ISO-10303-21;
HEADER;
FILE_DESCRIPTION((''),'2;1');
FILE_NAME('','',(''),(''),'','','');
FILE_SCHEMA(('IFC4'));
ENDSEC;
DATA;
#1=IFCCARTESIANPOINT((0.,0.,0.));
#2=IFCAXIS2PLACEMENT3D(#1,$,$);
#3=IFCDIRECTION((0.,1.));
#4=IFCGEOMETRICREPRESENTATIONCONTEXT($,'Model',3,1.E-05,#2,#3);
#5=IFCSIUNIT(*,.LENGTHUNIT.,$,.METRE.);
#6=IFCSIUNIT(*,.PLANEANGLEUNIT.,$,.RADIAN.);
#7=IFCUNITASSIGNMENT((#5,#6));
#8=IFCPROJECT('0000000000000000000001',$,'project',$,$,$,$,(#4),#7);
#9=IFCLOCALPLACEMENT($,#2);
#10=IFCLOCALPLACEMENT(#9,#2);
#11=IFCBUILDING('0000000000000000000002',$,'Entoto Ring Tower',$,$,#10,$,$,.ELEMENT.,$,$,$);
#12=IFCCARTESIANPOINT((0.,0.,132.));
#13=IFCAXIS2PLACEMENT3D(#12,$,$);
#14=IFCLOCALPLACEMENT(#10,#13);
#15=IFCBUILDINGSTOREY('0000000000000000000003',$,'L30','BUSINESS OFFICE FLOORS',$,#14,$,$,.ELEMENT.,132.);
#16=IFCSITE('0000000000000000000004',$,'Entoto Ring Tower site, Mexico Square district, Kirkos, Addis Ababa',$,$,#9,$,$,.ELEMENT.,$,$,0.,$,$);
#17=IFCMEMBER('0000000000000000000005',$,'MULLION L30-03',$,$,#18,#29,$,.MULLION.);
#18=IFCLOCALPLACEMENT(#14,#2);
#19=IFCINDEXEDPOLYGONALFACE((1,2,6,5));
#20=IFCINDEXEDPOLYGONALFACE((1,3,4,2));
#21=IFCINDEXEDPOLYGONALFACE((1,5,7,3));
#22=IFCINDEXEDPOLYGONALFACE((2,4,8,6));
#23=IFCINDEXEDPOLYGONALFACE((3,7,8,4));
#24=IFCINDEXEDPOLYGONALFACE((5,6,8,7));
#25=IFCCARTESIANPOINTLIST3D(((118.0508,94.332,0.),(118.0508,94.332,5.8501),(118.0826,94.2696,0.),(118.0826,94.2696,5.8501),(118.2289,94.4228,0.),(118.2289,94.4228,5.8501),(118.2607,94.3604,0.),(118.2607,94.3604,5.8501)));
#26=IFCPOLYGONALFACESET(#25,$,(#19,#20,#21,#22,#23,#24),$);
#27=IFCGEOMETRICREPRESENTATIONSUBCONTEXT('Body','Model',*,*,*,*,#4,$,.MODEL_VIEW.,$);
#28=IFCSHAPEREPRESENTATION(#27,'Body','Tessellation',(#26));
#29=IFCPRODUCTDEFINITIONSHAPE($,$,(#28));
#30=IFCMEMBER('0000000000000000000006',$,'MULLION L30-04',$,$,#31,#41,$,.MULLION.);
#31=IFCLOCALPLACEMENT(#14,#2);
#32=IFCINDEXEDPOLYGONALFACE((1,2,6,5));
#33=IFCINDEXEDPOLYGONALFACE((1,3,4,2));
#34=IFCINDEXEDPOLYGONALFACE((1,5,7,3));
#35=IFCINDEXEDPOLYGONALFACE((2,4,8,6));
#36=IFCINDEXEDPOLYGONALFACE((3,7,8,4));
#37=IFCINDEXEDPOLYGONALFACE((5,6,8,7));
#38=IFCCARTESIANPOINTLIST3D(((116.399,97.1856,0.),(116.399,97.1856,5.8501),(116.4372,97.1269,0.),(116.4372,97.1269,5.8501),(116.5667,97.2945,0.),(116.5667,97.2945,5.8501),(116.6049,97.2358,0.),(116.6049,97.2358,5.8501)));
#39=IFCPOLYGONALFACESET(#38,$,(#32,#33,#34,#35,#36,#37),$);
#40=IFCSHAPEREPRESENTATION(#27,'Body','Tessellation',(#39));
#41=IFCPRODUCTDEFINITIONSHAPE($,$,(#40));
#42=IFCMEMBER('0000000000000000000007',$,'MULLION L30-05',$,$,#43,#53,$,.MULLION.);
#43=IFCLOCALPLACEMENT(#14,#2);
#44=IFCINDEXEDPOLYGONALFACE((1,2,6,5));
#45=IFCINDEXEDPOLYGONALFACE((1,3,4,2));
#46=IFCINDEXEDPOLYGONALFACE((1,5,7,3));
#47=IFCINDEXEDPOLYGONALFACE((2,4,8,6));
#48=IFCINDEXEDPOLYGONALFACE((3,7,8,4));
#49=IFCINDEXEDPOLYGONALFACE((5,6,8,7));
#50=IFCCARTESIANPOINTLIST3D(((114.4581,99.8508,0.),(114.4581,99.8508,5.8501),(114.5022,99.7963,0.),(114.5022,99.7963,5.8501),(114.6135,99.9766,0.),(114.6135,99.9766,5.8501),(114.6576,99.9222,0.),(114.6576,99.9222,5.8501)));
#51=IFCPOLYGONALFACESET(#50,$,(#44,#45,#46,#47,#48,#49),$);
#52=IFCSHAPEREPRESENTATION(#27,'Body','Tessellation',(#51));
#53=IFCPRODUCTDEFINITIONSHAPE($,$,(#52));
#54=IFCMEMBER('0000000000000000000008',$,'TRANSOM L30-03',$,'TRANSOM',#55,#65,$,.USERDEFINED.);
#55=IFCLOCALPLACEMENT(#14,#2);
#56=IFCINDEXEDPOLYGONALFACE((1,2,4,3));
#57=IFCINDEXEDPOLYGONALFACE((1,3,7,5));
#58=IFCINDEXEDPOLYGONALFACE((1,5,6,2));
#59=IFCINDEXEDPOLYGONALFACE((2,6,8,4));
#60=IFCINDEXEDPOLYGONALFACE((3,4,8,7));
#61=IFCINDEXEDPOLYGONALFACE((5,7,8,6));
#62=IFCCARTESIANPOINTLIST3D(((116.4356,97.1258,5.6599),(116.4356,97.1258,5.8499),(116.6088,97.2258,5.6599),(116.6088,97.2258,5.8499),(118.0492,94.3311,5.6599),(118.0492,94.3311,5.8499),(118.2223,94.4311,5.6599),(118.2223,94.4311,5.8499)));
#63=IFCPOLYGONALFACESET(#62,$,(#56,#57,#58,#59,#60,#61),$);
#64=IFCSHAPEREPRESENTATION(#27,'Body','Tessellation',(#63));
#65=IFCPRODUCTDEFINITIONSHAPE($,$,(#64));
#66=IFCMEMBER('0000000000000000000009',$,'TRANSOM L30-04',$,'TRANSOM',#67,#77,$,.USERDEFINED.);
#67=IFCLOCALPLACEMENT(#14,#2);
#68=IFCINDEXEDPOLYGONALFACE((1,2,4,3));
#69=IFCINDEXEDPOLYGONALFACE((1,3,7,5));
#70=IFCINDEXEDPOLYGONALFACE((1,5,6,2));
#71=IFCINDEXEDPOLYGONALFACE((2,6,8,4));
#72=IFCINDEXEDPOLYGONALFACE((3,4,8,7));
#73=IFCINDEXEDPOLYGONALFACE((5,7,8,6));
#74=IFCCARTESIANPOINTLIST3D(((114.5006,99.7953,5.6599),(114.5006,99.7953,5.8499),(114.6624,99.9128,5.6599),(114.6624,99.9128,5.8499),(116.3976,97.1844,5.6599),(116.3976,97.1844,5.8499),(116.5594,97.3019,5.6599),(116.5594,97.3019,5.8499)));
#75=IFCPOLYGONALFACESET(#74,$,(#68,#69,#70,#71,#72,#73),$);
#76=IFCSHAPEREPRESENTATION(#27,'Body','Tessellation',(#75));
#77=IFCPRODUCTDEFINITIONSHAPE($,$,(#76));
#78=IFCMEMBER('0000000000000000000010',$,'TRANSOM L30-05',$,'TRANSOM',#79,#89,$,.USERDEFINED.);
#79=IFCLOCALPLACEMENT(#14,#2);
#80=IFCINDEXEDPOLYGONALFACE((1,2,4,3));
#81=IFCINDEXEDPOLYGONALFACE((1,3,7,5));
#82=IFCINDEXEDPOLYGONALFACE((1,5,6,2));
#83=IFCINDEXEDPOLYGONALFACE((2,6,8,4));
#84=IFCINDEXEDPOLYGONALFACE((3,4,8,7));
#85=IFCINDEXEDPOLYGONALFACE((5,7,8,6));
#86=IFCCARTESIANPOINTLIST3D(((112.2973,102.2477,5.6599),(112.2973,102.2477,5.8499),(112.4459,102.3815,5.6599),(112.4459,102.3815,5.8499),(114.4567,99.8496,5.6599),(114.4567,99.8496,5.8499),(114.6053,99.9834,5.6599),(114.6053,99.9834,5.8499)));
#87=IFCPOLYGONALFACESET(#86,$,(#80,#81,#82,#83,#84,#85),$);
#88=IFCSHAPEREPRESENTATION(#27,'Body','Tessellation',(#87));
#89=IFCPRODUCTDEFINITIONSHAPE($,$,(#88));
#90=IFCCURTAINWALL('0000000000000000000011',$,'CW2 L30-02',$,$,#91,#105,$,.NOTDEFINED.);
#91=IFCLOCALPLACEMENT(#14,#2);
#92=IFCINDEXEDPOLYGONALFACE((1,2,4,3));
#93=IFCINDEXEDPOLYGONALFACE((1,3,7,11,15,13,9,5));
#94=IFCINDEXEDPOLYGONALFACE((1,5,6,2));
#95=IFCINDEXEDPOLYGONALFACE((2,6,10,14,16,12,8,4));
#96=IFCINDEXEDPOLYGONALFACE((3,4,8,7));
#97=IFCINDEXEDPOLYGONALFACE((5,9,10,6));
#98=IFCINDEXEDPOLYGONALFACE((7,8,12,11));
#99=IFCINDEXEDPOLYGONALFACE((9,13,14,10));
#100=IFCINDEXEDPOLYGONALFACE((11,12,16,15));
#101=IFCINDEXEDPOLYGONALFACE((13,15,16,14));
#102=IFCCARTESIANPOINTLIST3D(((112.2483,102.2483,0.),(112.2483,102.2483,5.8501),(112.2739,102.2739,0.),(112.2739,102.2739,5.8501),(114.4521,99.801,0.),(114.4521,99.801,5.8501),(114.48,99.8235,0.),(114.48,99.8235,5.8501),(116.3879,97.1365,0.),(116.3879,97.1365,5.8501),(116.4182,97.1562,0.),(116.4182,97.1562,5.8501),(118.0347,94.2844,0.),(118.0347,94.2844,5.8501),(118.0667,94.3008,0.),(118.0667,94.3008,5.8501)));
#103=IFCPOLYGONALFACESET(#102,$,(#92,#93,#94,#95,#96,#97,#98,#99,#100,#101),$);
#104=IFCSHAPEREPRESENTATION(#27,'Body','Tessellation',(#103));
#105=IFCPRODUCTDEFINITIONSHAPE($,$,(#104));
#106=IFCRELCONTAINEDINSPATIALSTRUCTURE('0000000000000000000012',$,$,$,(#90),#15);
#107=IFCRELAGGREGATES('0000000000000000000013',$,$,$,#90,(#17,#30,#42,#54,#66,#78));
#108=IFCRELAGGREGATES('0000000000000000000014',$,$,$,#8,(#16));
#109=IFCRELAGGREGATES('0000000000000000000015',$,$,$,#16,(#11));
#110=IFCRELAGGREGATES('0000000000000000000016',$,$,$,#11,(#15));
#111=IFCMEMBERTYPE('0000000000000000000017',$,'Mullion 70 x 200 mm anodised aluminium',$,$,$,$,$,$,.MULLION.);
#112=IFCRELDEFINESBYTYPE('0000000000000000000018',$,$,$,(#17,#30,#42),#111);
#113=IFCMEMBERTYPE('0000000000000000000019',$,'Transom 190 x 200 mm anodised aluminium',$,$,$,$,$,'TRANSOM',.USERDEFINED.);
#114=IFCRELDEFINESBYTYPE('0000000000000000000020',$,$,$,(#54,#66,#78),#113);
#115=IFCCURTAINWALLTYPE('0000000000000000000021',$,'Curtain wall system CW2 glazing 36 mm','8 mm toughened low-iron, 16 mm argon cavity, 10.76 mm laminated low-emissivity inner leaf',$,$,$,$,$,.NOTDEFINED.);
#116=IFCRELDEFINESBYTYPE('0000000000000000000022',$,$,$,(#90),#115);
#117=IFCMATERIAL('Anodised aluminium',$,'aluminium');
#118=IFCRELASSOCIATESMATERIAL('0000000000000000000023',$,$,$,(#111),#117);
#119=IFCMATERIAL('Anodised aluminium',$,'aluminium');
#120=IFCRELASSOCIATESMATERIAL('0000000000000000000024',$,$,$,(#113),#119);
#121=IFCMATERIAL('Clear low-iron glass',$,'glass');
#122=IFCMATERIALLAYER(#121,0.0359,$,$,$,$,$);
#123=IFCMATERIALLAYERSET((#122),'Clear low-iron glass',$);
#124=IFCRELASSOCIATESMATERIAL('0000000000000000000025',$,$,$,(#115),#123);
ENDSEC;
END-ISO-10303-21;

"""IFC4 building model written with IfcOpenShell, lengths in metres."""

from ifc_helpers import new_model, si_unit, direction, frame, origin, origin_2d, place, context, subcontext, project, spatial, polyline, rectangle, outline, extrude, material, layer, layer_set, material_profile, profile_set, type_object, element, aggregate, save


model = new_model("IFC4")

# Units and contexts
model_context = context("Model", 3, precision=1e-05, world=origin(), true_north=direction((0.0, 1.0)))
body_context = subcontext(model_context, "Body", "Model", "MODEL_VIEW")
ifc_project = project(units=[si_unit("LENGTHUNIT", "METRE"), si_unit("PLANEANGLEUNIT", "RADIAN")], contexts=[model_context])

# Members
ifc_material_1 = material(Name="Anodised aluminium", Category="aluminium")
ifc_material_profile_1 = material_profile(ifc_material_1, rectangle(XDim=0.0701, YDim=0.2, at=origin_2d()), Name="Mullion 70 x 200 mm anodised aluminium")
ifc_profile_set_1 = profile_set([ifc_material_profile_1], Name="Anodised aluminium")
member_type_1 = type_object("IfcMemberType", Name="Mullion 70 x 200 mm anodised aluminium", PredefinedType="MULLION", material=ifc_profile_set_1)
site_placement = place(None, origin())
building_placement = place(site_placement, origin())
storey_placement = place(building_placement, frame((0.0, 0.0, 132.0)))
member_1_placement = place(storey_placement, frame((118.1558, 94.3462, 0.0), z_axis=(0.0, 0.0, 1.0), x_axis=(-0.45399, 0.891007, 0.0)))
member_1 = element("IfcMember", 1, at=member_1_placement, type_object=member_type_1, Name="MULLION L30-03", PredefinedType="MULLION", context=body_context, shape_type="SweptSolid", body=[
    extrude(rectangle(XDim=0.0701, YDim=0.2, at=origin_2d()), origin(), (0.0, 0.0, 1.0), 5.8501),
])
member_2_placement = place(storey_placement, frame((116.502, 97.2107, 0.0), z_axis=(0.0, 0.0, 1.0), x_axis=(-0.544639, 0.838671, 0.0)))
member_2 = element("IfcMember", 2, at=member_2_placement, type_object=member_type_1, Name="MULLION L30-04", PredefinedType="MULLION", context=body_context, shape_type="SweptSolid", body=[
    extrude(rectangle(XDim=0.0701, YDim=0.2, at=origin_2d()), origin(), (0.0, 0.0, 1.0), 5.8501),
])
member_3_placement = place(storey_placement, frame((114.5579, 99.8865, 0.0), z_axis=(0.0, 0.0, 1.0), x_axis=(-0.62932, 0.777146, 0.0)))
member_3 = element("IfcMember", 3, at=member_3_placement, type_object=member_type_1, Name="MULLION L30-05", PredefinedType="MULLION", context=body_context, shape_type="SweptSolid", body=[
    extrude(rectangle(XDim=0.0701, YDim=0.2, at=origin_2d()), origin(), (0.0, 0.0, 1.0), 5.8501),
])
ifc_material_2 = material(Name="Anodised aluminium", Category="aluminium")
ifc_material_profile_2 = material_profile(ifc_material_2, rectangle(XDim=0.2, YDim=0.1899, at=origin_2d()), Name="Transom 190 x 200 mm anodised aluminium")
ifc_profile_set_2 = profile_set([ifc_material_profile_2], Name="Anodised aluminium")
member_type_2 = type_object("IfcMemberType", Name="Transom 190 x 200 mm anodised aluminium", ElementType="TRANSOM", PredefinedType="USERDEFINED", material=ifc_profile_set_2)
member_4_placement = place(storey_placement, frame((118.1357, 94.3811, 5.7549), z_axis=(-0.500004, 0.866023, 0.0), x_axis=(-0.866023, -0.500004, 0.0)))
member_4 = element("IfcMember", 4, at=member_4_placement, type_object=member_type_2, Name="TRANSOM L30-03", ObjectType="TRANSOM", PredefinedType="USERDEFINED", context=body_context, shape_type="SweptSolid", body=[
    extrude(rectangle(XDim=0.2, YDim=0.1899, at=origin_2d()), origin(), (0.0, 0.0, 1.0), 3.2271),
])
member_5_placement = place(storey_placement, frame((116.4785, 97.2432, 5.7549), z_axis=(-0.587803, 0.809004, 0.0), x_axis=(-0.809004, -0.587803, 0.0)))
member_5 = element("IfcMember", 5, at=member_5_placement, type_object=member_type_2, Name="TRANSOM L30-04", ObjectType="TRANSOM", PredefinedType="USERDEFINED", context=body_context, shape_type="SweptSolid", body=[
    extrude(rectangle(XDim=0.2, YDim=0.1899, at=origin_2d()), origin(), (0.0, 0.0, 1.0), 3.2273),
])
member_6_placement = place(storey_placement, frame((114.531, 99.9165, 5.7549), z_axis=(-0.669144, 0.743132, 0.0), x_axis=(-0.743132, -0.669144, 0.0)))
member_6 = element("IfcMember", 6, at=member_6_placement, type_object=member_type_2, Name="TRANSOM L30-05", ObjectType="TRANSOM", PredefinedType="USERDEFINED", context=body_context, shape_type="SweptSolid", body=[
    extrude(rectangle(XDim=0.2, YDim=0.1899, at=origin_2d()), origin(), (0.0, 0.0, 1.0), 3.2271),
])

# Site, building, storey
site = spatial("IfcSite", under=ifc_project, at=site_placement, Name="Entoto Ring Tower site, Mexico Square district, Kirkos, Addis Ababa", CompositionType="ELEMENT", RefElevation=0.0)
building = spatial("IfcBuilding", under=site, at=building_placement, Name="Entoto Ring Tower", CompositionType="ELEMENT")
storey = spatial("IfcBuildingStorey", under=building, at=storey_placement, Name="L30", Description="BUSINESS OFFICE FLOORS", CompositionType="ELEMENT", Elevation=132.0)

# Curtain wall
ifc_material_3 = material(Name="Clear low-iron glass", Category="glass")
ifc_layer_1 = layer(ifc_material_3, 0.0359)
ifc_layer_set_1 = layer_set([ifc_layer_1], Name="Clear low-iron glass")
curtain_wall_type = type_object("IfcCurtainWallType", Name="Curtain wall system CW2 glazing 36 mm", Description="8 mm toughened low-iron, 16 mm argon cavity, 10.76 mm laminated low-emissivity inner leaf", PredefinedType="NOTDEFINED", material=ifc_layer_set_1)
curtain_wall_1_placement = place(storey_placement, origin())
curtain_wall_1 = element("IfcCurtainWall", 7, at=curtain_wall_1_placement, inside=storey, type_object=curtain_wall_type, Name="CW2 L30-02", PredefinedType="NOTDEFINED", context=body_context, shape_type="SweptSolid", body=[
    extrude(outline(polyline([(118.0667, 94.3008), (116.4182, 97.1562), (114.48, 99.8235), (112.2739, 102.2739), (112.2483, 102.2483), (114.4521, 99.801), (116.3879, 97.1365), (118.0347, 94.2844), (118.0667, 94.3008)])), origin(), (0.0, 0.0, 1.0), 5.8501),
])
aggregate(curtain_wall_1, [member_1, member_2, member_3, member_4, member_5, member_6])

save(model, "model.ifc")
